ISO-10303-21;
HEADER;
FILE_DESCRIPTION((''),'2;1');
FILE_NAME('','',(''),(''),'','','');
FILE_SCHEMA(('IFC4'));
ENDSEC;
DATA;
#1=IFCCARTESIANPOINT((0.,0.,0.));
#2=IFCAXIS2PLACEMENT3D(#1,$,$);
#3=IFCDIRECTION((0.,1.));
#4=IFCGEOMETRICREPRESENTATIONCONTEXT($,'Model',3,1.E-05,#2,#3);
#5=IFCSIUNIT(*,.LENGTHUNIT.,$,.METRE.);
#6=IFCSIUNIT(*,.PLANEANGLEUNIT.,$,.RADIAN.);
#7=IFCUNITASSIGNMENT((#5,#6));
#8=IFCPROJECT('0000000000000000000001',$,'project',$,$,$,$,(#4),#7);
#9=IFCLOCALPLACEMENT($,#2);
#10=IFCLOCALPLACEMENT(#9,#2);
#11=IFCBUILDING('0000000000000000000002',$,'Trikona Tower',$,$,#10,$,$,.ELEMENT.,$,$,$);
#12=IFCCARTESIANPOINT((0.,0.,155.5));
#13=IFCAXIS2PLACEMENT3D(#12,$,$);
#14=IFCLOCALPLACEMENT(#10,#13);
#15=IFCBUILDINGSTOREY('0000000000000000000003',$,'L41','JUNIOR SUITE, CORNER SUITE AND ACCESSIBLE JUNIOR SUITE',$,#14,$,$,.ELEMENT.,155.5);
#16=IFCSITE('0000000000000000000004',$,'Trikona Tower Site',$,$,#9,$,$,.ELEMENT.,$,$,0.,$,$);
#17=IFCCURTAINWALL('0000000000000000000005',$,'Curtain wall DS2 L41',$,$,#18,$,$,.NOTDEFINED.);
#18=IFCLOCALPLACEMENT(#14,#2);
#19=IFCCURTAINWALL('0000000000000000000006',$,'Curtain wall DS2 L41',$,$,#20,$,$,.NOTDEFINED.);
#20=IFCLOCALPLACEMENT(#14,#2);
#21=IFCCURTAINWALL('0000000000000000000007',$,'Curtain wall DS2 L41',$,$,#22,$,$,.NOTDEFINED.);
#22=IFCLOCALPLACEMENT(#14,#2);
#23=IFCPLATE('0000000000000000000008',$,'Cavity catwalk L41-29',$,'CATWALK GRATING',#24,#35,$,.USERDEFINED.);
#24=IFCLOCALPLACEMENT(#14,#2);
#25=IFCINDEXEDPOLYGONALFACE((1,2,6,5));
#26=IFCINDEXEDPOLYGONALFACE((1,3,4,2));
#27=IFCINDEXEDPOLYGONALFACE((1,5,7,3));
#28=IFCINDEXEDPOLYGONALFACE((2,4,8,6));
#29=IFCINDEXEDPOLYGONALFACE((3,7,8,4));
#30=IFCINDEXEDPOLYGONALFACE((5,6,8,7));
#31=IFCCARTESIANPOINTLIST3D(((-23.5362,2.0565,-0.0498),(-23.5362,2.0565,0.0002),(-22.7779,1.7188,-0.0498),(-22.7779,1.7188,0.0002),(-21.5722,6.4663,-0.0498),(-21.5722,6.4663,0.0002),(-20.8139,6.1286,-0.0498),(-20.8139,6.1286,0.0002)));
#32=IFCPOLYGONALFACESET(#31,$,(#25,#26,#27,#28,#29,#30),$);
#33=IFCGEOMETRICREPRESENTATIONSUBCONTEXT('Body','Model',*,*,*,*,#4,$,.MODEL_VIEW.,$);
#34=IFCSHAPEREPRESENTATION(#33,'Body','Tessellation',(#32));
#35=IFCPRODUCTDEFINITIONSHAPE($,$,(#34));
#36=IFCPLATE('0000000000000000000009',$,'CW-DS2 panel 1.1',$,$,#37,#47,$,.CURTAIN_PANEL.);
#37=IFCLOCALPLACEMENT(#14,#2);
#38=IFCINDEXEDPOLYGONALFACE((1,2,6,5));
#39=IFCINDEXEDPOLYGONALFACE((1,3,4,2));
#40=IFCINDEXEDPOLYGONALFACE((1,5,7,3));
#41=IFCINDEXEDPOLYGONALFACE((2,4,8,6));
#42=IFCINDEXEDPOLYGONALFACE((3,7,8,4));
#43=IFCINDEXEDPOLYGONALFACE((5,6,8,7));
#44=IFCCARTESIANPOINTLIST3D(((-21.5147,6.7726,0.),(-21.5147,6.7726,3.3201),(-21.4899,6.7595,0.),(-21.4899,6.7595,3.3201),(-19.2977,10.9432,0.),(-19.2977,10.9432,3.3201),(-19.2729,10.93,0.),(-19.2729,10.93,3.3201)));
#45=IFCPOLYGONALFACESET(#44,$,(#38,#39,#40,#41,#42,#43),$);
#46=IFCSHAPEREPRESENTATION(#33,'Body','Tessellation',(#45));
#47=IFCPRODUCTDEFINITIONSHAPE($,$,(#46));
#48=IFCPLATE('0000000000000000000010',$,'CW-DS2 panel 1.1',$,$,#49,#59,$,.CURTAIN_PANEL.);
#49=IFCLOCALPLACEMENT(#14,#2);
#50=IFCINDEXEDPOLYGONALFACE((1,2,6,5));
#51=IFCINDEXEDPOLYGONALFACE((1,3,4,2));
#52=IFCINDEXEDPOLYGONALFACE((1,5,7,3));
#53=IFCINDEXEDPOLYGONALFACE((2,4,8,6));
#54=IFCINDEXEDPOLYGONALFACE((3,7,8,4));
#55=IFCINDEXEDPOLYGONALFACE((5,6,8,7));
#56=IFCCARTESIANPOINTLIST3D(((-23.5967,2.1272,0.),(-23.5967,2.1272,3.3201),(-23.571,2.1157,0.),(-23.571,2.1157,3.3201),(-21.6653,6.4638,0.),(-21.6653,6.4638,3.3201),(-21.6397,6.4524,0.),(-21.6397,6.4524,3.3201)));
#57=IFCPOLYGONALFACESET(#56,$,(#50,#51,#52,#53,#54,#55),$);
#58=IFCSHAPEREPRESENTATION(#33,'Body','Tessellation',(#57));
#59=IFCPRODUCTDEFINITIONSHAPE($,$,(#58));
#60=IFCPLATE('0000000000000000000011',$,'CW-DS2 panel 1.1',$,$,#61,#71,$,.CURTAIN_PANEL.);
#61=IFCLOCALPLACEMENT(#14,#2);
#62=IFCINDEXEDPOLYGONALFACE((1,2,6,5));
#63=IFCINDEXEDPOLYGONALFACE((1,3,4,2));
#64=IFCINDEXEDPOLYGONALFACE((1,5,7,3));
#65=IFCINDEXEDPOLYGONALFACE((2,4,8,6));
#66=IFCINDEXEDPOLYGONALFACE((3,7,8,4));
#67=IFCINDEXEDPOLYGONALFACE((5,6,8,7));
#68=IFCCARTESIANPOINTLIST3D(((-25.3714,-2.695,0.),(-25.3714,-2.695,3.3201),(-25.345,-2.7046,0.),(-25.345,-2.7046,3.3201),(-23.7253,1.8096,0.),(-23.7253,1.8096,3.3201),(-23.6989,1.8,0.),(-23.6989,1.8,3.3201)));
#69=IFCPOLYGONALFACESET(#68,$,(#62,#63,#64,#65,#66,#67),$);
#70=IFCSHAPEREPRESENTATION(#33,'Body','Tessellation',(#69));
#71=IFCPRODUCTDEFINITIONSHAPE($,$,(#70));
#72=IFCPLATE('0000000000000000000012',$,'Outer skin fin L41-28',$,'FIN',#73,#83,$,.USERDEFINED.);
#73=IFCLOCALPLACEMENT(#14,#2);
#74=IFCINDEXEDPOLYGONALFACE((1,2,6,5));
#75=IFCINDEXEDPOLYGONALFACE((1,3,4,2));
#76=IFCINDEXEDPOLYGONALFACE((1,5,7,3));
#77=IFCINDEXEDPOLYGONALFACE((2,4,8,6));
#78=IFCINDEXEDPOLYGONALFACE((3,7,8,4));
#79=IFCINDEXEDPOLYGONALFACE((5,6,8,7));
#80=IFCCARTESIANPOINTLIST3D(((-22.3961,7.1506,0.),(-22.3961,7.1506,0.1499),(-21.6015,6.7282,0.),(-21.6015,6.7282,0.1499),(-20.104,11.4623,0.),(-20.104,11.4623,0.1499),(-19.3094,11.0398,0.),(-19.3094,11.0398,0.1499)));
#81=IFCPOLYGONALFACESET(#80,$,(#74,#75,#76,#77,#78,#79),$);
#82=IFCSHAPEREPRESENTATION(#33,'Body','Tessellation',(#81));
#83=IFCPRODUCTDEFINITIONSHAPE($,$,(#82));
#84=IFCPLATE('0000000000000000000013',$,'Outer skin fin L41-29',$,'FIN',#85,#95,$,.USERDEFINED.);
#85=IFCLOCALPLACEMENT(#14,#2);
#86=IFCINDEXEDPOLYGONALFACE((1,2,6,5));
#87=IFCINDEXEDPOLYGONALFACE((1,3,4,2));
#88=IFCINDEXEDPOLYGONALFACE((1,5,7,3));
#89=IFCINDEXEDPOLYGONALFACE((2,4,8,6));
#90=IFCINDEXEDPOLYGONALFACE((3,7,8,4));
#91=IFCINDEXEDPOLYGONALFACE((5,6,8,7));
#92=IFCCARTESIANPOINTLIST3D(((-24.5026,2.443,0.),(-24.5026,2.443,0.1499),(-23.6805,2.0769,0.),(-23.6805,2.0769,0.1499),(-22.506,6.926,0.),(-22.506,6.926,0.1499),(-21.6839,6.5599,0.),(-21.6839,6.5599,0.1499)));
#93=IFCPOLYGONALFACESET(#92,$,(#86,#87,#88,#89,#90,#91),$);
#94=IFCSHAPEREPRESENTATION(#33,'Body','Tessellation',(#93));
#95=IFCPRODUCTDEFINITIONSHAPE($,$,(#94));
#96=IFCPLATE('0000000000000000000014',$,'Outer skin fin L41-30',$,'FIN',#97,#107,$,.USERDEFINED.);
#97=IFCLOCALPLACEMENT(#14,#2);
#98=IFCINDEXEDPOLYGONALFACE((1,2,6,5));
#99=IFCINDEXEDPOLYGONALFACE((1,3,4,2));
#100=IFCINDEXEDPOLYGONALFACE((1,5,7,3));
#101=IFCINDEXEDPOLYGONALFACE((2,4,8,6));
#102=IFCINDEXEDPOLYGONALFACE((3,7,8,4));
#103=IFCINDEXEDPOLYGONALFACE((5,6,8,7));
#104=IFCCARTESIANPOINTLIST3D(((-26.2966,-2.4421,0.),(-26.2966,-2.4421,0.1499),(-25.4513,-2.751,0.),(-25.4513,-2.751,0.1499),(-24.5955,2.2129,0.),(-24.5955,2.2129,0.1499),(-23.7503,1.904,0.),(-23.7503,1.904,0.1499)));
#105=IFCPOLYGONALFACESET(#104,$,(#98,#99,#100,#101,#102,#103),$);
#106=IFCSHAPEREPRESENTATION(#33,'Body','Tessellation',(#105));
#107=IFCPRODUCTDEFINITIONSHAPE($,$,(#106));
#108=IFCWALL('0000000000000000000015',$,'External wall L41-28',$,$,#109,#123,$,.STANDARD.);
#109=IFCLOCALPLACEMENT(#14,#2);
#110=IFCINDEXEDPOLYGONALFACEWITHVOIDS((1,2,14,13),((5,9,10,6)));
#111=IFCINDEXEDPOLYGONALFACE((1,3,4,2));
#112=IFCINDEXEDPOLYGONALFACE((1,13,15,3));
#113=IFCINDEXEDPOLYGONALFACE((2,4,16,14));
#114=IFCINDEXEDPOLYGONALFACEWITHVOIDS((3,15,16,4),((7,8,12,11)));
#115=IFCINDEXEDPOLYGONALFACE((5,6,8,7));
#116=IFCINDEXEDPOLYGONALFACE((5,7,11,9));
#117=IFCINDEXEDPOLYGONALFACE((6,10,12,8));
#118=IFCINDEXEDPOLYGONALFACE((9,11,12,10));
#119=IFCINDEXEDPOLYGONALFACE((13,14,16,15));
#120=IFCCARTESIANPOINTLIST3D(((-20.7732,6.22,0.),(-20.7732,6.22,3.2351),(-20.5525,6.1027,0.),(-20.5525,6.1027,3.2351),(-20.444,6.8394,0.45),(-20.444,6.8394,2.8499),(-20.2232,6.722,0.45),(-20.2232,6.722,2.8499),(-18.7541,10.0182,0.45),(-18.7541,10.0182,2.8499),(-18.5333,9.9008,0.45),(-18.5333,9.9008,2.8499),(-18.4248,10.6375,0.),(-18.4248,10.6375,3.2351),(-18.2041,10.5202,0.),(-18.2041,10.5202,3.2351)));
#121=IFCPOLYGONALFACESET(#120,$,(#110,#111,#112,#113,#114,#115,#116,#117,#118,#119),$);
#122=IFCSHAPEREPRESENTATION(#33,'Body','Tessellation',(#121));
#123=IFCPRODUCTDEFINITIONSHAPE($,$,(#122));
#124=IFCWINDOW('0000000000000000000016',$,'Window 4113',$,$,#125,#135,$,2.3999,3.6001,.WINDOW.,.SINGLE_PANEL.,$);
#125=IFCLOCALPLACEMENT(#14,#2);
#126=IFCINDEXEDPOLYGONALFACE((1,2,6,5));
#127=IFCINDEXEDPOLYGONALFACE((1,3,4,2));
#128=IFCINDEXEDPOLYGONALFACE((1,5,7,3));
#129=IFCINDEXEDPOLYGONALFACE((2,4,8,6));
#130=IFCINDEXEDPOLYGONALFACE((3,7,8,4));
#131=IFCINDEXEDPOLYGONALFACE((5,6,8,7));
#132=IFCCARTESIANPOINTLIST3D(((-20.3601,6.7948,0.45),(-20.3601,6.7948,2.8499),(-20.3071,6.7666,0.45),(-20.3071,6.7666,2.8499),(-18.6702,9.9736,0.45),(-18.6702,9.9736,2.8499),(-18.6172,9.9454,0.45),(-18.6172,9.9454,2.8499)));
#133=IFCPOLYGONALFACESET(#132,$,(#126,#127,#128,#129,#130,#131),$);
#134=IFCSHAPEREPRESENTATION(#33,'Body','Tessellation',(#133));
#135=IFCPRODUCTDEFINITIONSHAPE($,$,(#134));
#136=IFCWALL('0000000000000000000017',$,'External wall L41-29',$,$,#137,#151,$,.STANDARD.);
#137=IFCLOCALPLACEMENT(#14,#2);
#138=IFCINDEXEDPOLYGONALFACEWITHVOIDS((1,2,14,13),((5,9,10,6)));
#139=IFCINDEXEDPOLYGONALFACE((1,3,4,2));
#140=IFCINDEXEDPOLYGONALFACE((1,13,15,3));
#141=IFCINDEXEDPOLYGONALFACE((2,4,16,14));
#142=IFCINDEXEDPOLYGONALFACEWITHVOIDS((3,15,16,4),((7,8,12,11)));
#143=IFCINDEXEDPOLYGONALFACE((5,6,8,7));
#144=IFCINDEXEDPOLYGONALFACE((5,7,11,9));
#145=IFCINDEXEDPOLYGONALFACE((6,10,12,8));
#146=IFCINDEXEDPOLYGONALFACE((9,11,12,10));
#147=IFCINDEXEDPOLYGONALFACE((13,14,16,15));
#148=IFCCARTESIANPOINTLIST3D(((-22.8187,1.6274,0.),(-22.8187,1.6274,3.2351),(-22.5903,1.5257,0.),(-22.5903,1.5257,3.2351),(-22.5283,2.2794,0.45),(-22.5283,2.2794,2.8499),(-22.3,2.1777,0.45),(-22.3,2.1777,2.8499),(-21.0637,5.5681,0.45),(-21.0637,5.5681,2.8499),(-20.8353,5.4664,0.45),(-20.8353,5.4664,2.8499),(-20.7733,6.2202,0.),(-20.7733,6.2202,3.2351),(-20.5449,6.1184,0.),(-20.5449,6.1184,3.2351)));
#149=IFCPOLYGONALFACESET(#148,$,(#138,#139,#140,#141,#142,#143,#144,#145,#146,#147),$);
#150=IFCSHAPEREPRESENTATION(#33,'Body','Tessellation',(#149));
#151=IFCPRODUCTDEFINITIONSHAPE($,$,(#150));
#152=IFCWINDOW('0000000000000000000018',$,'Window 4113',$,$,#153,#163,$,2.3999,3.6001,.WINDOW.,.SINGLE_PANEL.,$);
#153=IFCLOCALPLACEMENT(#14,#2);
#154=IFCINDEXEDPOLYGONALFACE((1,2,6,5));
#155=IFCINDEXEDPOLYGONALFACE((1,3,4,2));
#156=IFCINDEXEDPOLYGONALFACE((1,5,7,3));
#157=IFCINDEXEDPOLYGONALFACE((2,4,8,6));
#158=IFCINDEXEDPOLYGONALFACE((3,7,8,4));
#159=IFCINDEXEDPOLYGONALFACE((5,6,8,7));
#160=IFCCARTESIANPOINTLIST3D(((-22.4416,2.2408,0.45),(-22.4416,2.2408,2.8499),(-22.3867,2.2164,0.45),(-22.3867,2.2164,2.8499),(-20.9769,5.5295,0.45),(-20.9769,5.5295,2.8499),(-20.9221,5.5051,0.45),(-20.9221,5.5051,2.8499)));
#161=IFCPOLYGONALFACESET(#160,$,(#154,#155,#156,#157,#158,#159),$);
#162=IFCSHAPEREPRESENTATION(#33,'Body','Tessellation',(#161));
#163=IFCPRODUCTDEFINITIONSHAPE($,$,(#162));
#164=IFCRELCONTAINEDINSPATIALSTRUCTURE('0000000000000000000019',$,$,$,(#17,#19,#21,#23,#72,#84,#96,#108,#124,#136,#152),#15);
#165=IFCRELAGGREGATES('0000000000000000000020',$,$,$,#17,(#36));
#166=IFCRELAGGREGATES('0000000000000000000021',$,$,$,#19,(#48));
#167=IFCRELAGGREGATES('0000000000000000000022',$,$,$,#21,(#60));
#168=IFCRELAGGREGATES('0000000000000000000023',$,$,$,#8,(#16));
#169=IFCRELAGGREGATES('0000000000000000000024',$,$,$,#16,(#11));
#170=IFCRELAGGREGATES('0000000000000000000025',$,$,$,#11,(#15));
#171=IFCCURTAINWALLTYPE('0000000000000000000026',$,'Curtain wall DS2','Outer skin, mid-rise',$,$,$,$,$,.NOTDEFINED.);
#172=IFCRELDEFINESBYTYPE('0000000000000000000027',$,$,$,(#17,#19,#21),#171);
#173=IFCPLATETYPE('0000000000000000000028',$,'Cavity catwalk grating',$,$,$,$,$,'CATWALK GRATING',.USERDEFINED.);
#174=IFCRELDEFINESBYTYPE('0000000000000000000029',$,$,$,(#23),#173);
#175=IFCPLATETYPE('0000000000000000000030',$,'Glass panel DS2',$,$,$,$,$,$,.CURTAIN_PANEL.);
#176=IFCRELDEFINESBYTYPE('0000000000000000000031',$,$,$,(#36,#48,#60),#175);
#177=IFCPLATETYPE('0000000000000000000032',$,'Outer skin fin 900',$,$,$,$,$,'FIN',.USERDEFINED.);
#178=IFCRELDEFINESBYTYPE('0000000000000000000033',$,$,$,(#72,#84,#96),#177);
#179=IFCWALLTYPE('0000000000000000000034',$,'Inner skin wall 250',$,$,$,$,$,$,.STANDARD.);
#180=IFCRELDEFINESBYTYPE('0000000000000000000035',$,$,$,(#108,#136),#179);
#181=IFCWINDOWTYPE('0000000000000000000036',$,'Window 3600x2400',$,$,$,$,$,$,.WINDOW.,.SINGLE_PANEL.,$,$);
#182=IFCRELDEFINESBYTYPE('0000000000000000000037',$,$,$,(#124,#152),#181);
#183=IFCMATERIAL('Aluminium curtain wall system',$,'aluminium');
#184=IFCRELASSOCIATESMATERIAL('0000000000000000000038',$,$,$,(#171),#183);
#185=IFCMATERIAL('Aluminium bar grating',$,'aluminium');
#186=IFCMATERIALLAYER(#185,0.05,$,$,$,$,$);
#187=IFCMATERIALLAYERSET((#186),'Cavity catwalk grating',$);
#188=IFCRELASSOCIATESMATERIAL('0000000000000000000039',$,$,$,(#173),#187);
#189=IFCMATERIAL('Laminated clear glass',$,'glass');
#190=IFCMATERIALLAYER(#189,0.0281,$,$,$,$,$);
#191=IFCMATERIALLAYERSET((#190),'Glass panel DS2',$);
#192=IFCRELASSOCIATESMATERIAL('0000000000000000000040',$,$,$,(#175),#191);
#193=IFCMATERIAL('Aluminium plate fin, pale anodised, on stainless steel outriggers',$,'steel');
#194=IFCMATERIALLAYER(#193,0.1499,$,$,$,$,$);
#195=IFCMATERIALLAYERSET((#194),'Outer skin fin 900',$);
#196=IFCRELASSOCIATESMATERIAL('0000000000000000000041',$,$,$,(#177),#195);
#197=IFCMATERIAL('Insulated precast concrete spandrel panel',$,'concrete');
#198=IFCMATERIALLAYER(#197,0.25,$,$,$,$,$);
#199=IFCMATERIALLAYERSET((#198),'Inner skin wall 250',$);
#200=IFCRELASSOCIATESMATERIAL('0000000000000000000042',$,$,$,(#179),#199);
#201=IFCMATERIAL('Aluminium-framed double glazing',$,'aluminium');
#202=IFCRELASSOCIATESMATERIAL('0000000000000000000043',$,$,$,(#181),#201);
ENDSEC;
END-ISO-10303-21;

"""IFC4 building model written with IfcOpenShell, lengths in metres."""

from ifc_helpers import new_model, si_unit, direction, frame, frame_2d, origin, origin_2d, place, context, subcontext, project, spatial, rectangle, extrude, material, layer, layer_set, type_object, element, fill, aggregate, save


model = new_model("IFC4")

# Units and contexts
model_context = context("Model", 3, precision=1e-05, world=origin(), true_north=direction((0.0, 1.0)))
body_context = subcontext(model_context, "Body", "Model", "MODEL_VIEW")
ifc_project = project(units=[si_unit("LENGTHUNIT", "METRE"), si_unit("PLANEANGLEUNIT", "RADIAN")], contexts=[model_context])

# Site, building, storey
site_placement = place(None, origin())
site = spatial("IfcSite", under=ifc_project, at=site_placement, Name="Trikona Tower Site", CompositionType="ELEMENT", RefElevation=0.0)
building_placement = place(site_placement, origin())
building = spatial("IfcBuilding", under=site, at=building_placement, Name="Trikona Tower", CompositionType="ELEMENT")
storey_placement = place(building_placement, frame((0.0, 0.0, 155.5)))
storey = spatial("IfcBuildingStorey", under=building, at=storey_placement, Name="L41", Description="JUNIOR SUITE, CORNER SUITE AND ACCESSIBLE JUNIOR SUITE", CompositionType="ELEMENT", Elevation=155.5)

# Shared definitions
ifc_material_1 = material(Name="Aluminium curtain wall system", Category="aluminium")
curtain_wall_type = type_object("IfcCurtainWallType", Name="Curtain wall DS2", Description="Outer skin, mid-rise", PredefinedType="NOTDEFINED", material=ifc_material_1)

# Curtain walls
curtain_wall_1_placement = place(storey_placement, origin())
curtain_wall_1 = element("IfcCurtainWall", 1, at=curtain_wall_1_placement, inside=storey, type_object=curtain_wall_type, Name="Curtain wall DS2 L41", PredefinedType="NOTDEFINED")
curtain_wall_2_placement = place(storey_placement, origin())
curtain_wall_2 = element("IfcCurtainWall", 2, at=curtain_wall_2_placement, inside=storey, type_object=curtain_wall_type, Name="Curtain wall DS2 L41", PredefinedType="NOTDEFINED")

# Curtain wall
curtain_wall_3_placement = place(storey_placement, origin())
curtain_wall_3 = element("IfcCurtainWall", 3, at=curtain_wall_3_placement, inside=storey, type_object=curtain_wall_type, Name="Curtain wall DS2 L41", PredefinedType="NOTDEFINED")

# Plate
ifc_material_2 = material(Name="Aluminium bar grating", Category="aluminium")
ifc_layer_1 = layer(ifc_material_2, 0.05)
ifc_layer_set_1 = layer_set([ifc_layer_1], Name="Cavity catwalk grating")
plate_type_1 = type_object("IfcPlateType", Name="Cavity catwalk grating", ElementType="CATWALK GRATING", PredefinedType="USERDEFINED", material=ifc_layer_set_1)
plate_1_placement = place(storey_placement, frame((-22.175, 4.0925, -0.0498), z_axis=(0.0, 0.0, 1.0), x_axis=(-0.406843, -0.913498, 0.0)))
element("IfcPlate", 4, at=plate_1_placement, inside=storey, type_object=plate_type_1, Name="Cavity catwalk L41-29", ObjectType="CATWALK GRATING", PredefinedType="USERDEFINED", context=body_context, shape_type="SweptSolid", body=[
    extrude(rectangle(XDim=4.8274, YDim=0.8301, at=origin_2d()), origin(), (0.0, 0.0, 1.0), 0.05),
])

# Plates
ifc_material_3 = material(Name="Laminated clear glass", Category="glass")
ifc_layer_2 = layer(ifc_material_3, 0.0281)
ifc_layer_set_2 = layer_set([ifc_layer_2], Name="Glass panel DS2")
plate_type_2 = type_object("IfcPlateType", Name="Glass panel DS2", PredefinedType="CURTAIN_PANEL", material=ifc_layer_set_2)
plate_2_placement = place(storey_placement, frame((-20.3938, 8.8513, 0.0), z_axis=(0.0, 0.0, 1.0), x_axis=(-0.46938, -0.882996, 0.0)))
plate_2 = element("IfcPlate", 5, at=plate_2_placement, type_object=plate_type_2, Name="CW-DS2 panel 1.1", PredefinedType="CURTAIN_PANEL", context=body_context, shape_type="SweptSolid", body=[
    extrude(rectangle(XDim=4.7231, YDim=0.0281, at=origin_2d()), origin(), (0.0, 0.0, 1.0), 3.3201),
])
aggregate(curtain_wall_1, [plate_2])
plate_3_placement = place(storey_placement, frame((-22.6182, 4.2898, 0.0), z_axis=(0.0, 0.0, 1.0), x_axis=(-0.406836, -0.913501, 0.0)))
plate_3 = element("IfcPlate", 6, at=plate_3_placement, type_object=plate_type_2, Name="CW-DS2 panel 1.1", PredefinedType="CURTAIN_PANEL", context=body_context, shape_type="SweptSolid", body=[
    extrude(rectangle(XDim=4.7473, YDim=0.0281, at=origin_2d()), origin(), (0.0, 0.0, 1.0), 3.3201),
])
aggregate(curtain_wall_2, [plate_3])
plate_4_placement = place(storey_placement, frame((-24.5352, -0.4475, 0.0), z_axis=(0.0, 0.0, 1.0), x_axis=(-0.343223, -0.939254, 0.0)))
plate_4 = element("IfcPlate", 7, at=plate_4_placement, type_object=plate_type_2, Name="CW-DS2 panel 1.1", PredefinedType="CURTAIN_PANEL", context=body_context, shape_type="SweptSolid", body=[
    extrude(rectangle(XDim=4.7959, YDim=0.0281, at=origin_2d()), origin(), (0.0, 0.0, 1.0), 3.3201),
])
aggregate(curtain_wall_3, [plate_4])

# Plates
ifc_material_4 = material(Name="Aluminium plate fin, pale anodised, on stainless steel outriggers", Category="steel")
ifc_layer_3 = layer(ifc_material_4, 0.1499)
ifc_layer_set_3 = layer_set([ifc_layer_3], Name="Outer skin fin 900")
plate_type_3 = type_object("IfcPlateType", Name="Outer skin fin 900", ElementType="FIN", PredefinedType="USERDEFINED", material=ifc_layer_set_3)
plate_5_placement = place(storey_placement, frame((-20.8528, 9.0952, 0.0), z_axis=(0.0, 0.0, 1.0), x_axis=(-0.469398, -0.882987, 0.0)))
element("IfcPlate", 8, at=plate_5_placement, inside=storey, type_object=plate_type_3, Name="Outer skin fin L41-28", ObjectType="FIN", PredefinedType="USERDEFINED", context=body_context, shape_type="SweptSolid", body=[
    extrude(rectangle(XDim=4.8831, YDim=0.8999, at=origin_2d()), origin(), (0.0, 0.0, 1.0), 0.1499),
])
plate_6_placement = place(storey_placement, frame((-23.0933, 4.5015, 0.0), z_axis=(0.0, 0.0, 1.0), x_axis=(-0.406843, -0.913498, 0.0)))
element("IfcPlate", 9, at=plate_6_placement, inside=storey, type_object=plate_type_3, Name="Outer skin fin L41-29", ObjectType="FIN", PredefinedType="USERDEFINED", context=body_context, shape_type="SweptSolid", body=[
    extrude(rectangle(XDim=4.9075, YDim=0.8999, at=origin_2d()), origin(), (0.0, 0.0, 1.0), 0.1499),
])
plate_7_placement = place(storey_placement, frame((-25.0234, -0.269, 0.0), z_axis=(0.0, 0.0, 1.0), x_axis=(-0.34322, -0.939255, 0.0)))
element("IfcPlate", 10, at=plate_7_placement, inside=storey, type_object=plate_type_3, Name="Outer skin fin L41-30", ObjectType="FIN", PredefinedType="USERDEFINED", context=body_context, shape_type="SweptSolid", body=[
    extrude(rectangle(XDim=4.9561, YDim=0.8999, at=origin_2d()), origin(), (0.0, 0.0, 1.0), 0.1499),
])

# Walls, openings, windows
ifc_material_5 = material(Name="Insulated precast concrete spandrel panel", Category="concrete")
ifc_layer_4 = layer(ifc_material_5, 0.25)
ifc_layer_set_4 = layer_set([ifc_layer_4], Name="Inner skin wall 250")
wall_type = type_object("IfcWallType", Name="Inner skin wall 250", PredefinedType="STANDARD", material=ifc_layer_set_4)
wall_1_placement = place(storey_placement, frame((-18.3145, 10.5789, 0.0), z_axis=(0.0, 0.0, 1.0), x_axis=(-0.469405, -0.882983, 0.0)))
wall_1 = element("IfcWall", 11, at=wall_1_placement, inside=storey, type_object=wall_type, Name="External wall L41-28", PredefinedType="STANDARD", context=body_context, shape_type="SweptSolid", body=[
    extrude(rectangle(XDim=5.0029, YDim=0.25, at=frame_2d((2.5015, 0.0))), origin(), (0.0, 0.0, 1.0), 3.2351),
])
opening_1_placement = place(wall_1_placement, frame((0.7014, 0.0, 0.45)))
opening_1 = element("IfcOpeningElement", 12, at=opening_1_placement, cuts=wall_1, PredefinedType="OPENING", context=body_context, shape_type="SweptSolid", body=[
    extrude(rectangle(XDim=3.6001, YDim=2.3999, at=frame_2d((1.8, 1.2))), frame((0.0, 0.135, 0.0), z_axis=(0.0, -1.0, 0.0), x_axis=(1.0, 0.0, 0.0)), (0.0, 0.0, 1.0), 0.27),
])
ifc_material_6 = material(Name="Aluminium-framed double glazing", Category="aluminium")
window_type = type_object("IfcWindowType", Name="Window 3600x2400", PartitioningType="SINGLE_PANEL", PredefinedType="WINDOW", material=ifc_material_6)
window_1_placement = place(opening_1_placement, origin())
window_1 = element("IfcWindow", 13, at=window_1_placement, inside=storey, type_object=window_type, Name="Window 4113", OverallHeight=2.3999, OverallWidth=3.6001, PartitioningType="SINGLE_PANEL", PredefinedType="WINDOW", context=body_context, shape_type="SweptSolid", body=[
    extrude(rectangle(XDim=3.6001, YDim=2.3999, at=frame_2d((1.8, 1.2))), frame((0.0, 0.03, 0.0), z_axis=(0.0, -1.0, 0.0), x_axis=(1.0, 0.0, 0.0)), (0.0, 0.0, 1.0), 0.0601),
])
fill(opening_1, window_1)
wall_2_placement = place(storey_placement, frame((-20.6592, 6.1692, 0.0), z_axis=(0.0, 0.0, 1.0), x_axis=(-0.406832, -0.913503, 0.0)))
wall_2 = element("IfcWall", 14, at=wall_2_placement, inside=storey, type_object=wall_type, Name="External wall L41-29", PredefinedType="STANDARD", context=body_context, shape_type="SweptSolid", body=[
    extrude(rectangle(XDim=5.0276, YDim=0.25, at=frame_2d((2.5137, 0.0))), origin(), (0.0, 0.0, 1.0), 3.2351),
])
opening_2_placement = place(wall_2_placement, frame((0.7136, 0.0, 0.45)))
opening_2 = element("IfcOpeningElement", 15, at=opening_2_placement, cuts=wall_2, PredefinedType="OPENING", context=body_context, shape_type="SweptSolid", body=[
    extrude(rectangle(XDim=3.6001, YDim=2.3999, at=frame_2d((1.8, 1.2))), frame((0.0, 0.135, 0.0), z_axis=(0.0, -1.0, 0.0), x_axis=(1.0, 0.0, 0.0)), (0.0, 0.0, 1.0), 0.27),
])
window_2_placement = place(opening_2_placement, origin())
window_2 = element("IfcWindow", 16, at=window_2_placement, inside=storey, type_object=window_type, Name="Window 4113", OverallHeight=2.3999, OverallWidth=3.6001, PartitioningType="SINGLE_PANEL", PredefinedType="WINDOW", context=body_context, shape_type="SweptSolid", body=[
    extrude(rectangle(XDim=3.6001, YDim=2.3999, at=frame_2d((1.8, 1.2))), frame((0.0, 0.03, 0.0), z_axis=(0.0, -1.0, 0.0), x_axis=(1.0, 0.0, 0.0)), (0.0, 0.0, 1.0), 0.0601),
])
fill(opening_2, window_2)

save(model, "model.ifc")
